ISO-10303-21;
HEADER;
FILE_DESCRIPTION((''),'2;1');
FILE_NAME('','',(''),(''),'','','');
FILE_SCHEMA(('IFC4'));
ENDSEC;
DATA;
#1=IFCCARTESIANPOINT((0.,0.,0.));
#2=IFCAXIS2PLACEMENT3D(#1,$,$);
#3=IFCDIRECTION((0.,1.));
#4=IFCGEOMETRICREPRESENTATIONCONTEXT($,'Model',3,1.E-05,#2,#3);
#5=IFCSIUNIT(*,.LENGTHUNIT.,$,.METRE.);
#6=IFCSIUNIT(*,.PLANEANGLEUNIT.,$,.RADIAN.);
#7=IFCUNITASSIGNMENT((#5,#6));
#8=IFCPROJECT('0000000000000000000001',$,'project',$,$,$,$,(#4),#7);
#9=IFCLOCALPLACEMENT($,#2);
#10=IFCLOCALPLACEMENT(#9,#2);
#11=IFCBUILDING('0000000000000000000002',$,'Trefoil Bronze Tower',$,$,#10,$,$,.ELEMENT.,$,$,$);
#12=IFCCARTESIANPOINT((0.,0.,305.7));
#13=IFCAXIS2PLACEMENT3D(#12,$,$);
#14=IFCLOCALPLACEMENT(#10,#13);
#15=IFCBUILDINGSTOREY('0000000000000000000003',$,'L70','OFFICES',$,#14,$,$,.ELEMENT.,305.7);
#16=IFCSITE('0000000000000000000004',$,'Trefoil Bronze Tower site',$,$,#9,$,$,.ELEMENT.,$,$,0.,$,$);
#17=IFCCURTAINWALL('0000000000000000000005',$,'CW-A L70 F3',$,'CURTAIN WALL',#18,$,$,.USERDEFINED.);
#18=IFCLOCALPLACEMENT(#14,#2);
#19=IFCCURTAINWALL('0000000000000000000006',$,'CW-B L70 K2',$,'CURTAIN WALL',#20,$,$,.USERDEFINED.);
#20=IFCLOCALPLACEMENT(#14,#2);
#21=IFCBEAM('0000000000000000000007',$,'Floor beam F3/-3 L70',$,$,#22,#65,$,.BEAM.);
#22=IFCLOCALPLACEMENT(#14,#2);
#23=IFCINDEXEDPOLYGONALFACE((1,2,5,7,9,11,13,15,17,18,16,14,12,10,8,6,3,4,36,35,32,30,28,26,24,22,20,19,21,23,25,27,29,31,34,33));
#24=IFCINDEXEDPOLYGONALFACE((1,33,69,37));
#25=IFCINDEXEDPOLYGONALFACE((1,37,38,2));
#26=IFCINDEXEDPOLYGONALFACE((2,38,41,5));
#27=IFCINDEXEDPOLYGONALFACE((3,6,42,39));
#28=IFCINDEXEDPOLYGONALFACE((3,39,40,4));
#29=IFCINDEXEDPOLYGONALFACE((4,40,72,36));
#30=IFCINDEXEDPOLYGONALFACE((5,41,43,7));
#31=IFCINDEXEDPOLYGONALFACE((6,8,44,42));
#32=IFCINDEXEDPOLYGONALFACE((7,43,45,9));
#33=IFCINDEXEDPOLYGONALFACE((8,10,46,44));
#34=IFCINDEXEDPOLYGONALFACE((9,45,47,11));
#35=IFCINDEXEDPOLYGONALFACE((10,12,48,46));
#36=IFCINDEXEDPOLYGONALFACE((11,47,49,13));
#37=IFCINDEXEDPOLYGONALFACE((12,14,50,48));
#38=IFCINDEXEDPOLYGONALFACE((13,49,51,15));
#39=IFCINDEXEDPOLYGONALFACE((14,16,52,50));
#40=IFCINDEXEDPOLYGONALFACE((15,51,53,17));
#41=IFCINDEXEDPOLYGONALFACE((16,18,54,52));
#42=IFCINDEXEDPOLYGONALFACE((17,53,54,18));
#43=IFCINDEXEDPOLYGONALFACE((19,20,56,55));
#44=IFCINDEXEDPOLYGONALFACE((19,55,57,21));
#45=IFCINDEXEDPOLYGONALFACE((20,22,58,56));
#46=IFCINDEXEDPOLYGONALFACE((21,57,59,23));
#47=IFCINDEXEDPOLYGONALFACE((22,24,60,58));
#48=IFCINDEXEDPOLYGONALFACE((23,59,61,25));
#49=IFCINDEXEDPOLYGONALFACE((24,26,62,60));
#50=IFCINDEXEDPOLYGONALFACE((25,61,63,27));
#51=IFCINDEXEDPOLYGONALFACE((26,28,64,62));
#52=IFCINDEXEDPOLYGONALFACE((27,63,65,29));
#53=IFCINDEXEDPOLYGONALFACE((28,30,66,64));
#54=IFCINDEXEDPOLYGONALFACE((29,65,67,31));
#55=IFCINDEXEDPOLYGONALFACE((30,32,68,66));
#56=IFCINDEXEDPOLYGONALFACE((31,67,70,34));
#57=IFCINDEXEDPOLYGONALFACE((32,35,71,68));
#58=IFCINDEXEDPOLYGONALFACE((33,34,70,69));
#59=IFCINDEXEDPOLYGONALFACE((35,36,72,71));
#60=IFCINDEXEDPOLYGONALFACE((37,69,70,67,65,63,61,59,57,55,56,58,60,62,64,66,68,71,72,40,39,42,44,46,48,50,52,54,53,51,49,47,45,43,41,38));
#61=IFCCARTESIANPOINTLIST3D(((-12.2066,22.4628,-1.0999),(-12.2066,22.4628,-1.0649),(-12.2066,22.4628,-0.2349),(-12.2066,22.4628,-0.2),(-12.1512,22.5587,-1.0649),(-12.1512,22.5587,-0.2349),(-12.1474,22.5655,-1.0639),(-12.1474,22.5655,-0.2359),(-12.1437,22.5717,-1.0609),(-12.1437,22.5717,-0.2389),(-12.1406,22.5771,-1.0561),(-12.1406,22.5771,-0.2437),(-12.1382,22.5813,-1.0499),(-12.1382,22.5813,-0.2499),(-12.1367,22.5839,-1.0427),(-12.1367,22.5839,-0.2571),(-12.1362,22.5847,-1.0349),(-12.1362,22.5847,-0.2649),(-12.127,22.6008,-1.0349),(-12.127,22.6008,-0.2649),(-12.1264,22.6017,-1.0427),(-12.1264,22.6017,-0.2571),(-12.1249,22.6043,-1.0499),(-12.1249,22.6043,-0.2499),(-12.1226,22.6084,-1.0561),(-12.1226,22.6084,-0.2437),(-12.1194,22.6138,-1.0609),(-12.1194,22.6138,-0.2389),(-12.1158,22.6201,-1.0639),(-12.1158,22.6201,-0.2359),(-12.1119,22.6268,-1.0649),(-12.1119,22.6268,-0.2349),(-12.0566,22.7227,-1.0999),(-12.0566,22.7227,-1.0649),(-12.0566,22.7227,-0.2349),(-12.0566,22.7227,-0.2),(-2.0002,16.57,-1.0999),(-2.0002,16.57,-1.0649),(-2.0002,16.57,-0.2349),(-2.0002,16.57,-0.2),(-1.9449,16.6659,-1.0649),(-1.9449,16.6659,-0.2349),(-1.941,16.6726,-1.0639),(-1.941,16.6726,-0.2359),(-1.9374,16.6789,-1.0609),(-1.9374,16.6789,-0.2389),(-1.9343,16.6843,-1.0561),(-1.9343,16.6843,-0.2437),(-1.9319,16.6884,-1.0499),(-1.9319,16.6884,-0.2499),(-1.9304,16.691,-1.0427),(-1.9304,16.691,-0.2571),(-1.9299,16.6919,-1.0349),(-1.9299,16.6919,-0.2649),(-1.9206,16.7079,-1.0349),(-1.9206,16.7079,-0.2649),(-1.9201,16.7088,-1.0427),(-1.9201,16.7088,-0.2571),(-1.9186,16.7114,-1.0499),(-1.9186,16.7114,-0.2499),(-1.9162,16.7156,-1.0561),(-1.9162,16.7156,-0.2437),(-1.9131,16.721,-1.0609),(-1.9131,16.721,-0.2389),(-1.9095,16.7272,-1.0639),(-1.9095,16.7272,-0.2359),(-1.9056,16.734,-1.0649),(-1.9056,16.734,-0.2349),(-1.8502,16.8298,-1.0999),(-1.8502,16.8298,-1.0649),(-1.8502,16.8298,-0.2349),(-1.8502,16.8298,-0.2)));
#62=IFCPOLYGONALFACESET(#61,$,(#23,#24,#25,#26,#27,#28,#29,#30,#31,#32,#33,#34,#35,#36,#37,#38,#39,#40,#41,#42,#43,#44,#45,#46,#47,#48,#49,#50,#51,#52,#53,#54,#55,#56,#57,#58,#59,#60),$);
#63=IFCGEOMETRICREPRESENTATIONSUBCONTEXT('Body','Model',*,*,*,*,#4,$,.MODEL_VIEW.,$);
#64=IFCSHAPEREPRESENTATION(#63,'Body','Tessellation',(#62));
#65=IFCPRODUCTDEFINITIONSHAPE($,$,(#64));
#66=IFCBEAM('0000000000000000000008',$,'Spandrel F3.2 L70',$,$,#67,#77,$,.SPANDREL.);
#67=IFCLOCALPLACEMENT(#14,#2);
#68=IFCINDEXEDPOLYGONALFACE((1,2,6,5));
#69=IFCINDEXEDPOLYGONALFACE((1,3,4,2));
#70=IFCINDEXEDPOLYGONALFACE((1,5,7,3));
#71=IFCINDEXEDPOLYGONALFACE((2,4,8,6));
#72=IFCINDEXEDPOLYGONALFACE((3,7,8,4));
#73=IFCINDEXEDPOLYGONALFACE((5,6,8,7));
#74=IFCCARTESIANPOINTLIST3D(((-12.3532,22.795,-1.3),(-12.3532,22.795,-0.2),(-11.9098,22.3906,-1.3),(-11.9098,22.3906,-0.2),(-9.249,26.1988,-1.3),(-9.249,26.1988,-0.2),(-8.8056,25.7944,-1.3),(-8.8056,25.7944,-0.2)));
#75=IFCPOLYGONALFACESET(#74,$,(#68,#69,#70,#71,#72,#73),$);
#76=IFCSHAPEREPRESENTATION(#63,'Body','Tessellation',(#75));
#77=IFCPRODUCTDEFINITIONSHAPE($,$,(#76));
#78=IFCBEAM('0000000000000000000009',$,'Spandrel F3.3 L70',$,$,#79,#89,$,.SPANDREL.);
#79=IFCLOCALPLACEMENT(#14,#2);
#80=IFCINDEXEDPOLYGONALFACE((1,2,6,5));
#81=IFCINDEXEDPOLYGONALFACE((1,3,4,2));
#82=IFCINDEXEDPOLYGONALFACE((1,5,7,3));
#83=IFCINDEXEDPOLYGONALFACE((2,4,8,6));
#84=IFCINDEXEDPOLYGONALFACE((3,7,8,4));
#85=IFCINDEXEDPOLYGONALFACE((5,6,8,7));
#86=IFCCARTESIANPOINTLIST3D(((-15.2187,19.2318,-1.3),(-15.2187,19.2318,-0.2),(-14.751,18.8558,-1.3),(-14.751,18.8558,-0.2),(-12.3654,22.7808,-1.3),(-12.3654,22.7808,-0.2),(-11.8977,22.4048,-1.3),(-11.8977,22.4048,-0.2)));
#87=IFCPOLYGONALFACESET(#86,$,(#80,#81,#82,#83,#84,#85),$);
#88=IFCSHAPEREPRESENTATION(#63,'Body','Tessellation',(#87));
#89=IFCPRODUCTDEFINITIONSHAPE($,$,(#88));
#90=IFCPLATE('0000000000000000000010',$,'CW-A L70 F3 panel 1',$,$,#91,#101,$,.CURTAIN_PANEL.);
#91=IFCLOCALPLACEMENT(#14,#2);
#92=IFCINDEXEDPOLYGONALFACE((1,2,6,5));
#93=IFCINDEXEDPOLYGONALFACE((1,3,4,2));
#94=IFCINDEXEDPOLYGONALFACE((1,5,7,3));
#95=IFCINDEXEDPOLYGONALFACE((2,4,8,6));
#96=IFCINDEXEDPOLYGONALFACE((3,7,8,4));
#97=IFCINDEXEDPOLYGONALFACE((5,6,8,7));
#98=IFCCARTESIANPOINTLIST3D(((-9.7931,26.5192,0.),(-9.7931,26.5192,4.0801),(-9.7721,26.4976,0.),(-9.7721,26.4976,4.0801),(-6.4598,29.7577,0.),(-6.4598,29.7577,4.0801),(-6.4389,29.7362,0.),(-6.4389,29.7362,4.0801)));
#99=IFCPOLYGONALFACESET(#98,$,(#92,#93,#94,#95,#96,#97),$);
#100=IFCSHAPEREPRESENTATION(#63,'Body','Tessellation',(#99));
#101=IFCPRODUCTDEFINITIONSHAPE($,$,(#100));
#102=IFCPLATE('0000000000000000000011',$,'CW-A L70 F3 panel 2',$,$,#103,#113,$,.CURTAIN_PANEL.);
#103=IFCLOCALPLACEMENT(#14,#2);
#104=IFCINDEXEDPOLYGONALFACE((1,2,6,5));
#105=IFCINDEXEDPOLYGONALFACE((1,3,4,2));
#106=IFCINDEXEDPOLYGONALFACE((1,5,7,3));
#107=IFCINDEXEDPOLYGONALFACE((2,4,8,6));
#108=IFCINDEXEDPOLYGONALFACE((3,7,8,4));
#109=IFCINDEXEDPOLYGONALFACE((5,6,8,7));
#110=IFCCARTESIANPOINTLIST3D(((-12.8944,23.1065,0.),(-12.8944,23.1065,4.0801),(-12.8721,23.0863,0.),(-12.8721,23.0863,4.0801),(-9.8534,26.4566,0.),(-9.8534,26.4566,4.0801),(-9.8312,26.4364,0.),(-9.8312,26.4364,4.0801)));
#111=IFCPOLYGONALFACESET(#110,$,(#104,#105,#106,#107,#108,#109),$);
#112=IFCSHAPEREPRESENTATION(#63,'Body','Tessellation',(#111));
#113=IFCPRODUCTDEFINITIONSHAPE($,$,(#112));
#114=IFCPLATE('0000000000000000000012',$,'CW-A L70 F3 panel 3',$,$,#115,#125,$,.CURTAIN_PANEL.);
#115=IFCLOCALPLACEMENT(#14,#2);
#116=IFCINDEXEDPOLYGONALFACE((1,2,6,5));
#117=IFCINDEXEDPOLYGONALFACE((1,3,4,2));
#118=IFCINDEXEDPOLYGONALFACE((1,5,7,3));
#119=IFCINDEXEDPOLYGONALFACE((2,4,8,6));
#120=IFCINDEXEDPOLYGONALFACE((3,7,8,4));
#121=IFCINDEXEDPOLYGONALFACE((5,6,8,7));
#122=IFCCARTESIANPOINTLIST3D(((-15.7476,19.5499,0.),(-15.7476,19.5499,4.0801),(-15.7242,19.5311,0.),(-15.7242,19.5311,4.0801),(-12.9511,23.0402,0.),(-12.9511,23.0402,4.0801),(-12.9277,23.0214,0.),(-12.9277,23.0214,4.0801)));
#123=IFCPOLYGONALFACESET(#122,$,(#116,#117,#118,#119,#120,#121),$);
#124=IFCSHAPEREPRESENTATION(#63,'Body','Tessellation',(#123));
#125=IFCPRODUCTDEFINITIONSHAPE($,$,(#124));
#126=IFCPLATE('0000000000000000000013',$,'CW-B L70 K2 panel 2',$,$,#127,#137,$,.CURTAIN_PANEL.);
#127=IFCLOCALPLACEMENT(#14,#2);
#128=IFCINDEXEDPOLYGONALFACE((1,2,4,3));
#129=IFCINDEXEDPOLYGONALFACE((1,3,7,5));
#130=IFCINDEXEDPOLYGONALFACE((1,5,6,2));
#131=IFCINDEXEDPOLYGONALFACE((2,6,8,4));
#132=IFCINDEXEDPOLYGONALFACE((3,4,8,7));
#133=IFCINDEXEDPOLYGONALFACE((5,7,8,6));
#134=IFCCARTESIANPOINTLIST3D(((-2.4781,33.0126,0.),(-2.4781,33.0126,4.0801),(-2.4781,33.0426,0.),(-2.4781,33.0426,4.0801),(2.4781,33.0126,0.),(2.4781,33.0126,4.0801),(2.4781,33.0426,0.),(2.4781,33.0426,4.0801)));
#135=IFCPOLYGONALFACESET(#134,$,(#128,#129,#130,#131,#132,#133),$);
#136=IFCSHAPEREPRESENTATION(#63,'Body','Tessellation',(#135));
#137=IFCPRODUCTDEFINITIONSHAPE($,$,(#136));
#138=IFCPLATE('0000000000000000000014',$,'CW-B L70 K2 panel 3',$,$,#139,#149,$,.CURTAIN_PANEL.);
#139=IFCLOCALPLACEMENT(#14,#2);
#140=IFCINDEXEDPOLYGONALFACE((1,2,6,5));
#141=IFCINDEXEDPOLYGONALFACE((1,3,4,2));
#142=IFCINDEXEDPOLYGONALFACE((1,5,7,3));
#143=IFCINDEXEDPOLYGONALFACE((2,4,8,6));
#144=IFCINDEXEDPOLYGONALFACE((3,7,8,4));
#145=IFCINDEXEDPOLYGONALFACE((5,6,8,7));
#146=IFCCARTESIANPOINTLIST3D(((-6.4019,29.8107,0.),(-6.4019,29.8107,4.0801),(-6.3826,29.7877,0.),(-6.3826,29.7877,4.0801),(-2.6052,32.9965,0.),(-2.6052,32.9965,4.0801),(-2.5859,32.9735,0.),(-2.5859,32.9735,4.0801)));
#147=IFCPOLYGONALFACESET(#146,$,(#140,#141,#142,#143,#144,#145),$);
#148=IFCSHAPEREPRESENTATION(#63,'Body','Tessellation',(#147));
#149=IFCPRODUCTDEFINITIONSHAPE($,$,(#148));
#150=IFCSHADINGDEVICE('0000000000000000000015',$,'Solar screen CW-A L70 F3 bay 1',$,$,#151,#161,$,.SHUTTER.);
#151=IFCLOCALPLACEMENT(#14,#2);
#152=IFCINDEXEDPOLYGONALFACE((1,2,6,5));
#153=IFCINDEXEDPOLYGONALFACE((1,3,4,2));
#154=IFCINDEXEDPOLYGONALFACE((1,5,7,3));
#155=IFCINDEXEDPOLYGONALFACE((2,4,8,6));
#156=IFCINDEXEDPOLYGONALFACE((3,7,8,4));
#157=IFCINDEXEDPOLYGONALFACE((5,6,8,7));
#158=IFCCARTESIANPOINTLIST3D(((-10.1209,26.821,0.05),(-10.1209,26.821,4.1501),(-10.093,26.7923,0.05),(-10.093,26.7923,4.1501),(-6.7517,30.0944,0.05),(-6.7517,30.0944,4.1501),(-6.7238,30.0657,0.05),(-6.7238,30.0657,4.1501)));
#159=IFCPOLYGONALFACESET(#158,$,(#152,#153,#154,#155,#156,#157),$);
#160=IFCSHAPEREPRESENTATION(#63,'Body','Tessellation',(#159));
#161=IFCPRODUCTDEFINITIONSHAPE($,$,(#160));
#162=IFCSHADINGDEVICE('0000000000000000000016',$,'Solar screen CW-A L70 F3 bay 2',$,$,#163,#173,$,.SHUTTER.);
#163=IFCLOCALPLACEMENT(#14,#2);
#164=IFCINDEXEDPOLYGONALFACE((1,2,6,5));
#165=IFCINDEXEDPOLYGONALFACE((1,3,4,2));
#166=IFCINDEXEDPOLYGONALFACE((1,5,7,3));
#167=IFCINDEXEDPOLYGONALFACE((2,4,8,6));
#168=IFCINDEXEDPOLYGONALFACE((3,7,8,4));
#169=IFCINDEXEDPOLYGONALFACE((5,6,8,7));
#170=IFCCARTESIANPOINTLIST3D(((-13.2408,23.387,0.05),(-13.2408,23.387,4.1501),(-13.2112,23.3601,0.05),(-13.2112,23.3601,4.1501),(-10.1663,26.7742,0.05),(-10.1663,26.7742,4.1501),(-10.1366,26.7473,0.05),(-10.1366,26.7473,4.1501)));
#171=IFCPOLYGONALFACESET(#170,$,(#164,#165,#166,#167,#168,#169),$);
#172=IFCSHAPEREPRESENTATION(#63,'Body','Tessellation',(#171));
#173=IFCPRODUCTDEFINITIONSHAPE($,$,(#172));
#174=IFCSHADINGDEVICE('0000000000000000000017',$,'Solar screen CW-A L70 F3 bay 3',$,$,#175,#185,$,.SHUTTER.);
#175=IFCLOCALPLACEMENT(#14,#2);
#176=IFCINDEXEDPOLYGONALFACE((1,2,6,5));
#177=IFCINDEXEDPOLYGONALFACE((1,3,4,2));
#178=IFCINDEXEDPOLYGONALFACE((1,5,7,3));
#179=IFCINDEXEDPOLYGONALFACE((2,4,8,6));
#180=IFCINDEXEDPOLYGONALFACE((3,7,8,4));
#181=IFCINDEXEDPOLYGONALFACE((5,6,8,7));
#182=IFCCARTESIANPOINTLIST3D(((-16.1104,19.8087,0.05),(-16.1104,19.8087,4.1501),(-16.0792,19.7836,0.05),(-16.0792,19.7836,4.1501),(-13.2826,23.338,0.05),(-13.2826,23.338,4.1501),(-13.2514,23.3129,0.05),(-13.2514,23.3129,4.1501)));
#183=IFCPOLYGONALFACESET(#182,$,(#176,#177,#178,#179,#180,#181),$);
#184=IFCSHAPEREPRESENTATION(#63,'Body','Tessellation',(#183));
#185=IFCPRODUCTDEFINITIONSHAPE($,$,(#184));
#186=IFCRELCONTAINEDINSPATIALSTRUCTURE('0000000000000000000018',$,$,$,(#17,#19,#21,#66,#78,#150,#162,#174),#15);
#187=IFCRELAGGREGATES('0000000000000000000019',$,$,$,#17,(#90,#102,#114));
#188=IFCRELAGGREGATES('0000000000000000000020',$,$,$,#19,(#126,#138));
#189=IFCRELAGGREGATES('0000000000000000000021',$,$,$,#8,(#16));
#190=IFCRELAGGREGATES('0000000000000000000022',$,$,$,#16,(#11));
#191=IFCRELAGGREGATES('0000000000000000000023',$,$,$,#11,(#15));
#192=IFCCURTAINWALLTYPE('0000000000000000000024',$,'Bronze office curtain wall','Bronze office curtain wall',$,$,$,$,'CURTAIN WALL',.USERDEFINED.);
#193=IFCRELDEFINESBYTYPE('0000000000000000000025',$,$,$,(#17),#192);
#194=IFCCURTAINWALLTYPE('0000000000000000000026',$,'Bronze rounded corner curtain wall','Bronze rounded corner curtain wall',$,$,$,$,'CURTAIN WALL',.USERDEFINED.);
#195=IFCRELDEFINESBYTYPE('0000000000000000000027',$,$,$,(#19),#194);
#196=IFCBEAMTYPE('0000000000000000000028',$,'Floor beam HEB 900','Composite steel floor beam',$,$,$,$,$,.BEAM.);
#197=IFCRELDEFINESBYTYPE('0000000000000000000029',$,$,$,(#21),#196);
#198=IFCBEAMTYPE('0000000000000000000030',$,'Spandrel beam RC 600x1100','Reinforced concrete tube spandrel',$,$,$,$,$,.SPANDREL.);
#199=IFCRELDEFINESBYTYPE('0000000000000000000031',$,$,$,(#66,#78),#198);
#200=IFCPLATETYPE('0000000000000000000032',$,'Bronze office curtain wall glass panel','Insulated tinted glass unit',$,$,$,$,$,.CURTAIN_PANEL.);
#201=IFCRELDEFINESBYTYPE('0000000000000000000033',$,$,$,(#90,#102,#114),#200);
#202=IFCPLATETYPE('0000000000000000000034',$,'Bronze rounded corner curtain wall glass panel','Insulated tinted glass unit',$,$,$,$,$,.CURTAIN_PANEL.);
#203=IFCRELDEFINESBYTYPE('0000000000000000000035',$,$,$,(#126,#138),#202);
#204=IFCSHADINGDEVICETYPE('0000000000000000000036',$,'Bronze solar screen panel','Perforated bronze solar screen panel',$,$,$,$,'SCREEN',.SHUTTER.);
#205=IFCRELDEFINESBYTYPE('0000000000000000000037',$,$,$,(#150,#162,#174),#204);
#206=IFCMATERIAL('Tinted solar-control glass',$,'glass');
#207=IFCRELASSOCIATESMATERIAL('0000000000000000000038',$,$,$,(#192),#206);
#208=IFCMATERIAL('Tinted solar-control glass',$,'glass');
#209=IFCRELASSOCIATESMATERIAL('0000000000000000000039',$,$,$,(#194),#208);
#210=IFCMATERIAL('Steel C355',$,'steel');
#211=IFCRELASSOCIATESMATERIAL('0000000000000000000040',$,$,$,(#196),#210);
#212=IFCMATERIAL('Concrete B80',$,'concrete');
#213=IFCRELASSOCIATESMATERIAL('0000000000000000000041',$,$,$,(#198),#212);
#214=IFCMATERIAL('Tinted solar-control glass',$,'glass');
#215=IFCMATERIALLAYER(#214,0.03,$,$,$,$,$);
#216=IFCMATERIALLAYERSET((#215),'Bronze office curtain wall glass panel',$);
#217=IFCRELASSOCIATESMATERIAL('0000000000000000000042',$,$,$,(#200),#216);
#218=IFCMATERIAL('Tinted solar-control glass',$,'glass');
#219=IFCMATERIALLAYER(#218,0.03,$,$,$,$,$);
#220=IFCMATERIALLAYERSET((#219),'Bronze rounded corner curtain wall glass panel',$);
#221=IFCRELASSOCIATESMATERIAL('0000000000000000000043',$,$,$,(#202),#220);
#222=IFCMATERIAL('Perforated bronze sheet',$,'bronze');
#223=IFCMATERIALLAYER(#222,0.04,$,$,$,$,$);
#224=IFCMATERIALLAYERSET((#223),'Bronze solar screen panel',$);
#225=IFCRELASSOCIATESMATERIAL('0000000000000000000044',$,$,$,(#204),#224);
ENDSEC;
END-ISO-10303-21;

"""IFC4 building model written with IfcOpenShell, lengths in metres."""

from ifc_helpers import new_model, si_unit, direction, frame, origin, origin_2d, place, context, subcontext, project, spatial, rectangle, i_section, extrude, material, layer, layer_set, material_profile, profile_set, type_object, element, aggregate, save


model = new_model("IFC4")

# Units and contexts
model_context = context("Model", 3, precision=1e-05, world=origin(), true_north=direction((0.0, 1.0)))
body_context = subcontext(model_context, "Body", "Model", "MODEL_VIEW")
ifc_project = project(units=[si_unit("LENGTHUNIT", "METRE"), si_unit("PLANEANGLEUNIT", "RADIAN")], contexts=[model_context])

# Site, building, storey
site_placement = place(None, origin())
site = spatial("IfcSite", under=ifc_project, at=site_placement, Name="Trefoil Bronze Tower site", CompositionType="ELEMENT", RefElevation=0.0)
building_placement = place(site_placement, origin())
building = spatial("IfcBuilding", under=site, at=building_placement, Name="Trefoil Bronze Tower", CompositionType="ELEMENT")
storey_placement = place(building_placement, frame((0.0, 0.0, 305.7)))
storey = spatial("IfcBuildingStorey", under=building, at=storey_placement, Name="L70", Description="OFFICES", CompositionType="ELEMENT", Elevation=305.7)

# Curtain walls
ifc_material_1 = material(Name="Tinted solar-control glass", Category="glass")
curtain_wall_type_1 = type_object("IfcCurtainWallType", Name="Bronze office curtain wall", Description="Bronze office curtain wall", ElementType="CURTAIN WALL", PredefinedType="USERDEFINED", material=ifc_material_1)
curtain_wall_1_placement = place(storey_placement, origin())
curtain_wall_1 = element("IfcCurtainWall", 1, at=curtain_wall_1_placement, inside=storey, type_object=curtain_wall_type_1, Name="CW-A L70 F3", ObjectType="CURTAIN WALL", PredefinedType="USERDEFINED")
ifc_material_2 = material(Name="Tinted solar-control glass", Category="glass")
curtain_wall_type_2 = type_object("IfcCurtainWallType", Name="Bronze rounded corner curtain wall", Description="Bronze rounded corner curtain wall", ElementType="CURTAIN WALL", PredefinedType="USERDEFINED", material=ifc_material_2)
curtain_wall_2_placement = place(storey_placement, origin())
curtain_wall_2 = element("IfcCurtainWall", 2, at=curtain_wall_2_placement, inside=storey, type_object=curtain_wall_type_2, Name="CW-B L70 K2", ObjectType="CURTAIN WALL", PredefinedType="USERDEFINED")

# Beams
ifc_material_3 = material(Name="Steel C355", Category="steel")
ifc_material_profile_1 = material_profile(ifc_material_3, i_section(OverallWidth=0.3, OverallDepth=0.8999, WebThickness=0.0186, FlangeThickness=0.0349, FilletRadius=0.03, at=origin_2d()), Name="HEB 900")
ifc_profile_set_1 = profile_set([ifc_material_profile_1], Name="Steel C355")
beam_type_1 = type_object("IfcBeamType", Name="Floor beam HEB 900", Description="Composite steel floor beam", PredefinedType="BEAM", material=ifc_profile_set_1)
beam_1_placement = place(storey_placement, frame((-12.1316, 22.5928, -0.6499), z_axis=(0.866018, -0.500014, 0.0), x_axis=(0.500014, 0.866018, 0.0)))
element("IfcBeam", 3, at=beam_1_placement, inside=storey, type_object=beam_type_1, Name="Floor beam F3/-3 L70", PredefinedType="BEAM", context=body_context, shape_type="SweptSolid", body=[
    extrude(i_section(OverallWidth=0.3, OverallDepth=0.8999, WebThickness=0.0186, FlangeThickness=0.0349, FilletRadius=0.03, at=origin_2d()), origin(), (0.0, 0.0, 1.0), 11.7854),
])
ifc_material_4 = material(Name="Concrete B80", Category="concrete")
ifc_material_profile_2 = material_profile(ifc_material_4, rectangle(XDim=0.6001, YDim=1.1001, at=origin_2d()), Name="RC 600x1100")
ifc_profile_set_2 = profile_set([ifc_material_profile_2], Name="Concrete B80")
beam_type_2 = type_object("IfcBeamType", Name="Spandrel beam RC 600x1100", Description="Reinforced concrete tube spandrel", PredefinedType="SPANDREL", material=ifc_profile_set_2)
beam_2_placement = place(storey_placement, frame((-9.0273, 25.9966, -0.75), z_axis=(-0.673846, -0.738872, 0.0), x_axis=(0.738872, -0.673846, 0.0)))
element("IfcBeam", 4, at=beam_2_placement, inside=storey, type_object=beam_type_2, Name="Spandrel F3.2 L70", PredefinedType="SPANDREL", context=body_context, shape_type="SweptSolid", body=[
    extrude(rectangle(XDim=0.6001, YDim=1.1001, at=origin_2d()), origin(), (0.0, 0.0, 1.0), 4.6067),
])
beam_3_placement = place(storey_placement, frame((-12.1316, 22.5928, -0.75), z_axis=(-0.62657, -0.779365, 0.0), x_axis=(0.779365, -0.62657, 0.0)))
element("IfcBeam", 5, at=beam_3_placement, inside=storey, type_object=beam_type_2, Name="Spandrel F3.3 L70", PredefinedType="SPANDREL", context=body_context, shape_type="SweptSolid", body=[
    extrude(rectangle(XDim=0.6001, YDim=1.1001, at=origin_2d()), origin(), (0.0, 0.0, 1.0), 4.5537),
])

# Plates
ifc_material_5 = material(Name="Tinted solar-control glass", Category="glass")
ifc_layer_1 = layer(ifc_material_5, 0.03)
ifc_layer_set_1 = layer_set([ifc_layer_1], Name="Bronze office curtain wall glass panel")
plate_type_1 = type_object("IfcPlateType", Name="Bronze office curtain wall glass panel", Description="Insulated tinted glass unit", PredefinedType="CURTAIN_PANEL", material=ifc_layer_set_1)
plate_1_placement = place(storey_placement, frame((-8.116, 28.1277, 0.0), z_axis=(0.0, 0.0, 1.0), x_axis=(-0.717218, -0.696849, 0.0)))
plate_1 = element("IfcPlate", 6, at=plate_1_placement, type_object=plate_type_1, Name="CW-A L70 F3 panel 1", PredefinedType="CURTAIN_PANEL", context=body_context, shape_type="SweptSolid", body=[
    extrude(rectangle(XDim=4.6475, YDim=0.03, at=origin_2d()), origin(), (0.0, 0.0, 1.0), 4.0801),
])
plate_2_placement = place(storey_placement, frame((-11.3628, 24.7715, 0.0), z_axis=(0.0, 0.0, 1.0), x_axis=(-0.672115, -0.740447, 0.0)))
plate_2 = element("IfcPlate", 7, at=plate_2_placement, type_object=plate_type_1, Name="CW-A L70 F3 panel 2", PredefinedType="CURTAIN_PANEL", context=body_context, shape_type="SweptSolid", body=[
    extrude(rectangle(XDim=4.5244, YDim=0.03, at=origin_2d()), origin(), (0.0, 0.0, 1.0), 4.0801),
])
plate_3_placement = place(storey_placement, frame((-14.3376, 21.2856, 0.0), z_axis=(0.0, 0.0, 1.0), x_axis=(-0.625287, -0.780395, 0.0)))
plate_3 = element("IfcPlate", 8, at=plate_3_placement, type_object=plate_type_1, Name="CW-A L70 F3 panel 3", PredefinedType="CURTAIN_PANEL", context=body_context, shape_type="SweptSolid", body=[
    extrude(rectangle(XDim=4.4724, YDim=0.03, at=origin_2d()), origin(), (0.0, 0.0, 1.0), 4.0801),
])
aggregate(curtain_wall_1, [plate_1, plate_2, plate_3])
ifc_material_6 = material(Name="Tinted solar-control glass", Category="glass")
ifc_layer_2 = layer(ifc_material_6, 0.03)
ifc_layer_set_2 = layer_set([ifc_layer_2], Name="Bronze rounded corner curtain wall glass panel")
plate_type_2 = type_object("IfcPlateType", Name="Bronze rounded corner curtain wall glass panel", Description="Insulated tinted glass unit", PredefinedType="CURTAIN_PANEL", material=ifc_layer_set_2)
plate_4_placement = place(storey_placement, frame((0.0, 33.0276, 0.0), z_axis=(0.0, 0.0, 1.0), x_axis=(-1.0, 0.0, 0.0)))
plate_4 = element("IfcPlate", 9, at=plate_4_placement, type_object=plate_type_2, Name="CW-B L70 K2 panel 2", PredefinedType="CURTAIN_PANEL", context=body_context, shape_type="SweptSolid", body=[
    extrude(rectangle(XDim=4.9563, YDim=0.03, at=origin_2d()), origin(), (0.0, 0.0, 1.0), 4.0801),
])
plate_5_placement = place(storey_placement, frame((-4.4939, 31.3921, 0.0), z_axis=(0.0, 0.0, 1.0), x_axis=(-0.766044, -0.642788, 0.0)))
plate_5 = element("IfcPlate", 10, at=plate_5_placement, type_object=plate_type_2, Name="CW-B L70 K2 panel 3", PredefinedType="CURTAIN_PANEL", context=body_context, shape_type="SweptSolid", body=[
    extrude(rectangle(XDim=4.9563, YDim=0.03, at=origin_2d()), origin(), (0.0, 0.0, 1.0), 4.0801),
])
aggregate(curtain_wall_2, [plate_4, plate_5])

# Shading devices
ifc_material_7 = material(Name="Perforated bronze sheet", Category="bronze")
ifc_layer_3 = layer(ifc_material_7, 0.04)
ifc_layer_set_3 = layer_set([ifc_layer_3], Name="Bronze solar screen panel")
shading_device_type = type_object("IfcShadingDeviceType", Name="Bronze solar screen panel", Description="Perforated bronze solar screen panel", ElementType="SCREEN", PredefinedType="SHUTTER", material=ifc_layer_set_3)
shading_device_1_placement = place(storey_placement, frame((-8.4224, 28.4434, 0.05), z_axis=(0.0, 0.0, 1.0), x_axis=(-0.717218, -0.696849, 0.0)))
element("IfcShadingDevice", 11, at=shading_device_1_placement, inside=storey, type_object=shading_device_type, Name="Solar screen CW-A L70 F3 bay 1", PredefinedType="SHUTTER", context=body_context, shape_type="SweptSolid", body=[
    extrude(rectangle(XDim=4.6975, YDim=0.04, at=origin_2d()), origin(), (0.0, 0.0, 1.0), 4.1001),
])
shading_device_2_placement = place(storey_placement, frame((-11.6887, 25.0671, 0.05), z_axis=(0.0, 0.0, 1.0), x_axis=(-0.672115, -0.740447, 0.0)))
element("IfcShadingDevice", 12, at=shading_device_2_placement, inside=storey, type_object=shading_device_type, Name="Solar screen CW-A L70 F3 bay 2", PredefinedType="SHUTTER", context=body_context, shape_type="SweptSolid", body=[
    extrude(rectangle(XDim=4.5745, YDim=0.04, at=origin_2d()), origin(), (0.0, 0.0, 1.0), 4.1001),
])
shading_device_3_placement = place(storey_placement, frame((-14.6809, 21.5608, 0.05), z_axis=(0.0, 0.0, 1.0), x_axis=(-0.625287, -0.780395, 0.0)))
element("IfcShadingDevice", 13, at=shading_device_3_placement, inside=storey, type_object=shading_device_type, Name="Solar screen CW-A L70 F3 bay 3", PredefinedType="SHUTTER", context=body_context, shape_type="SweptSolid", body=[
    extrude(rectangle(XDim=4.5225, YDim=0.04, at=origin_2d()), origin(), (0.0, 0.0, 1.0), 4.1001),
])

save(model, "model.ifc")
